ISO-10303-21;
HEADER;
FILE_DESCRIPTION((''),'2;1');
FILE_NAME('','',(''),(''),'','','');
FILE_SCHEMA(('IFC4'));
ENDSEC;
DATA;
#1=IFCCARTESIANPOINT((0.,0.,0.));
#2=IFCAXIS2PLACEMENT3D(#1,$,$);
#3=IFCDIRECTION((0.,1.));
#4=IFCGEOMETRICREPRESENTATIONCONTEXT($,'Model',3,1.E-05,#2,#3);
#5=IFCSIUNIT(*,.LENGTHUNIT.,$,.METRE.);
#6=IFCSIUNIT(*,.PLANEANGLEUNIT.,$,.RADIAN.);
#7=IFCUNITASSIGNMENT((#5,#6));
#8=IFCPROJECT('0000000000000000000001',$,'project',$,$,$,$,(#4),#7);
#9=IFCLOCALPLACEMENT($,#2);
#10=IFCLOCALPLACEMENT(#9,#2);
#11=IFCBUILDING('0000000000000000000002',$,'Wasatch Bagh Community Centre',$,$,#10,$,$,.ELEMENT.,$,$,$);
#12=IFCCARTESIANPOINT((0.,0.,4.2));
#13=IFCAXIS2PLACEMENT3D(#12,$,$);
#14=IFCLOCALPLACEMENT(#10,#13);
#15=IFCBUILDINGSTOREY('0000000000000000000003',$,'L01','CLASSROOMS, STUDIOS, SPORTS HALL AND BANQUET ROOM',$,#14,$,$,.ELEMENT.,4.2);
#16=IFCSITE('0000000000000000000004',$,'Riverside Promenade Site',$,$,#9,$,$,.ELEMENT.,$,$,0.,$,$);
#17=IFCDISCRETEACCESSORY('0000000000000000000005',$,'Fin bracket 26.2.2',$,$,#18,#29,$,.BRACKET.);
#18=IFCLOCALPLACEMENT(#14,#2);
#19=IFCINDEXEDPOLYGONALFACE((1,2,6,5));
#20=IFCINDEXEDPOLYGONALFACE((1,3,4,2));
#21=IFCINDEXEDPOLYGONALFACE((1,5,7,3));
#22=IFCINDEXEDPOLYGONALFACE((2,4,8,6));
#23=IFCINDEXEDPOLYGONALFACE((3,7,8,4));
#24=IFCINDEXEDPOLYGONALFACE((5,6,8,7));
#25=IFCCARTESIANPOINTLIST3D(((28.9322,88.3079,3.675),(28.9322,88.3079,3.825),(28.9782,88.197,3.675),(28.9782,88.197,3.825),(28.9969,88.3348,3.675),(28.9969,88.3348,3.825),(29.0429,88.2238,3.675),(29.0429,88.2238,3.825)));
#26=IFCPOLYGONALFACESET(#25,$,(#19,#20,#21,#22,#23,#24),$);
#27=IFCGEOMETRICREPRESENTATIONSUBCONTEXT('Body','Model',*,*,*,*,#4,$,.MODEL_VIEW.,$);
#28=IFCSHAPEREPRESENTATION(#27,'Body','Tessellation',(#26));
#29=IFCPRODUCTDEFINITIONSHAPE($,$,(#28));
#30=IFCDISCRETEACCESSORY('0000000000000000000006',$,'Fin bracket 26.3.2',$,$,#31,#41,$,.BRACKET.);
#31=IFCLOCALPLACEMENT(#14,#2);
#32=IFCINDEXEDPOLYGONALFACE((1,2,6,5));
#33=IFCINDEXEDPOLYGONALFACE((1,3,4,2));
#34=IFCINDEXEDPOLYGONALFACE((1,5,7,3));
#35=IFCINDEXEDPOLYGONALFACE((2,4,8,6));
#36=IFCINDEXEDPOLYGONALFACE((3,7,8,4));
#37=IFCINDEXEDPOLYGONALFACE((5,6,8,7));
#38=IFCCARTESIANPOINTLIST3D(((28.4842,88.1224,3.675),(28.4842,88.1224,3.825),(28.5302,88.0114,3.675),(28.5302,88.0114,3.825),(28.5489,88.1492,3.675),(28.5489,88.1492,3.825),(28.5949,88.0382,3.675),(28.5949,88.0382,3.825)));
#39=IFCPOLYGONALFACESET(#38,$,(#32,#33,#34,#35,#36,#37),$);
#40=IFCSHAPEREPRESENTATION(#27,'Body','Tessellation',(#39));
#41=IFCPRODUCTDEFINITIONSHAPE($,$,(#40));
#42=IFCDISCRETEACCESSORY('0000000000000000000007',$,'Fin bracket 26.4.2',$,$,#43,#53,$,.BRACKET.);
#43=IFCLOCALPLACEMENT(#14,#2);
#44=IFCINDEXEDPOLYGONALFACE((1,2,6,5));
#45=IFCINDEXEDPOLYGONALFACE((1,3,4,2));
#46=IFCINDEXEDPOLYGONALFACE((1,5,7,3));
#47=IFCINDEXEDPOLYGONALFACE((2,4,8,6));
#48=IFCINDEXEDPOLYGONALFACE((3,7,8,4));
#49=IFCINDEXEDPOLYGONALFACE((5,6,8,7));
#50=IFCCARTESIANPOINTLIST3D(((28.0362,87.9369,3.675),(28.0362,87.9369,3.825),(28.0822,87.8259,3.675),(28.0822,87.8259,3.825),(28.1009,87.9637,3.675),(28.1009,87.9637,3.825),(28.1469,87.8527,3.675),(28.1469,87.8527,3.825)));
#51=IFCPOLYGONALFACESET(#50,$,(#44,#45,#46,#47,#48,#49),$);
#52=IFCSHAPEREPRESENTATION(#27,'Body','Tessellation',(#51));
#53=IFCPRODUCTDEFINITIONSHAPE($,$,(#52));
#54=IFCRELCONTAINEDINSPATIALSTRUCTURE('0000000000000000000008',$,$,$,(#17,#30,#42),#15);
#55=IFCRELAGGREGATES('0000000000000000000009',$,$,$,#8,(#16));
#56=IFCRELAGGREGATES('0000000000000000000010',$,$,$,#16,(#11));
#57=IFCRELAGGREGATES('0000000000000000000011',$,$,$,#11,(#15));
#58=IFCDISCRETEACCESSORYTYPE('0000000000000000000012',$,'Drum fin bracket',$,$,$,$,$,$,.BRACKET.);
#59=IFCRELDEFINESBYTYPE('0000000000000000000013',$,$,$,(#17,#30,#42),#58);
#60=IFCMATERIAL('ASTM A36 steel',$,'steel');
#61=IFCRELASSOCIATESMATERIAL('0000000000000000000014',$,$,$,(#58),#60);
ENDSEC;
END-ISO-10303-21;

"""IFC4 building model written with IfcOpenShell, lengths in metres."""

from ifc_helpers import new_model, si_unit, direction, frame, origin, origin_2d, place, context, subcontext, project, spatial, rectangle, extrude, material, type_object, element, save


model = new_model("IFC4")

# Units and contexts
model_context = context("Model", 3, precision=1e-05, world=origin(), true_north=direction((0.0, 1.0)))
body_context = subcontext(model_context, "Body", "Model", "MODEL_VIEW")
ifc_project = project(units=[si_unit("LENGTHUNIT", "METRE"), si_unit("PLANEANGLEUNIT", "RADIAN")], contexts=[model_context])

# Site, building, storey
site_placement = place(None, origin())
site = spatial("IfcSite", under=ifc_project, at=site_placement, Name="Riverside Promenade Site", CompositionType="ELEMENT", RefElevation=0.0)
building_placement = place(site_placement, origin())
building = spatial("IfcBuilding", under=site, at=building_placement, Name="Wasatch Bagh Community Centre", CompositionType="ELEMENT")
storey_placement = place(building_placement, frame((0.0, 0.0, 4.2)))
storey = spatial("IfcBuildingStorey", under=building, at=storey_placement, Name="L01", Description="CLASSROOMS, STUDIOS, SPORTS HALL AND BANQUET ROOM", CompositionType="ELEMENT", Elevation=4.2)

# Discrete accessories
ifc_material_1 = material(Name="ASTM A36 steel", Category="steel")
discrete_accessory_type = type_object("IfcDiscreteAccessoryType", Name="Drum fin bracket", PredefinedType="BRACKET", material=ifc_material_1)
for number, where, z_axis, x_axis, name in (
    (1, (28.9875, 88.2659, 3.675), (0.0, 0.0, 1.0), (-0.92388, -0.382683, 0.0), "Fin bracket 26.2.2"),
    (2, (28.5396, 88.0803, 3.675), (0.0, 0.0, 1.0), (-0.92388, -0.382683, 0.0), "Fin bracket 26.3.2"),
    (3, (28.0916, 87.8948, 3.675), (0.0, 0.0, 1.0), (-0.92388, -0.382683, 0.0), "Fin bracket 26.4.2"),
):
    element("IfcDiscreteAccessory", number, at=place(storey_placement, frame(where, z_axis=z_axis, x_axis=x_axis)), inside=storey, type_object=discrete_accessory_type, Name=name, PredefinedType="BRACKET", context=body_context, shape_type="SweptSolid", body=[
        extrude(rectangle(XDim=0.0701, YDim=0.1201, at=origin_2d()), origin(), (0.0, 0.0, 1.0), 0.1499),
    ])

save(model, "model.ifc")
